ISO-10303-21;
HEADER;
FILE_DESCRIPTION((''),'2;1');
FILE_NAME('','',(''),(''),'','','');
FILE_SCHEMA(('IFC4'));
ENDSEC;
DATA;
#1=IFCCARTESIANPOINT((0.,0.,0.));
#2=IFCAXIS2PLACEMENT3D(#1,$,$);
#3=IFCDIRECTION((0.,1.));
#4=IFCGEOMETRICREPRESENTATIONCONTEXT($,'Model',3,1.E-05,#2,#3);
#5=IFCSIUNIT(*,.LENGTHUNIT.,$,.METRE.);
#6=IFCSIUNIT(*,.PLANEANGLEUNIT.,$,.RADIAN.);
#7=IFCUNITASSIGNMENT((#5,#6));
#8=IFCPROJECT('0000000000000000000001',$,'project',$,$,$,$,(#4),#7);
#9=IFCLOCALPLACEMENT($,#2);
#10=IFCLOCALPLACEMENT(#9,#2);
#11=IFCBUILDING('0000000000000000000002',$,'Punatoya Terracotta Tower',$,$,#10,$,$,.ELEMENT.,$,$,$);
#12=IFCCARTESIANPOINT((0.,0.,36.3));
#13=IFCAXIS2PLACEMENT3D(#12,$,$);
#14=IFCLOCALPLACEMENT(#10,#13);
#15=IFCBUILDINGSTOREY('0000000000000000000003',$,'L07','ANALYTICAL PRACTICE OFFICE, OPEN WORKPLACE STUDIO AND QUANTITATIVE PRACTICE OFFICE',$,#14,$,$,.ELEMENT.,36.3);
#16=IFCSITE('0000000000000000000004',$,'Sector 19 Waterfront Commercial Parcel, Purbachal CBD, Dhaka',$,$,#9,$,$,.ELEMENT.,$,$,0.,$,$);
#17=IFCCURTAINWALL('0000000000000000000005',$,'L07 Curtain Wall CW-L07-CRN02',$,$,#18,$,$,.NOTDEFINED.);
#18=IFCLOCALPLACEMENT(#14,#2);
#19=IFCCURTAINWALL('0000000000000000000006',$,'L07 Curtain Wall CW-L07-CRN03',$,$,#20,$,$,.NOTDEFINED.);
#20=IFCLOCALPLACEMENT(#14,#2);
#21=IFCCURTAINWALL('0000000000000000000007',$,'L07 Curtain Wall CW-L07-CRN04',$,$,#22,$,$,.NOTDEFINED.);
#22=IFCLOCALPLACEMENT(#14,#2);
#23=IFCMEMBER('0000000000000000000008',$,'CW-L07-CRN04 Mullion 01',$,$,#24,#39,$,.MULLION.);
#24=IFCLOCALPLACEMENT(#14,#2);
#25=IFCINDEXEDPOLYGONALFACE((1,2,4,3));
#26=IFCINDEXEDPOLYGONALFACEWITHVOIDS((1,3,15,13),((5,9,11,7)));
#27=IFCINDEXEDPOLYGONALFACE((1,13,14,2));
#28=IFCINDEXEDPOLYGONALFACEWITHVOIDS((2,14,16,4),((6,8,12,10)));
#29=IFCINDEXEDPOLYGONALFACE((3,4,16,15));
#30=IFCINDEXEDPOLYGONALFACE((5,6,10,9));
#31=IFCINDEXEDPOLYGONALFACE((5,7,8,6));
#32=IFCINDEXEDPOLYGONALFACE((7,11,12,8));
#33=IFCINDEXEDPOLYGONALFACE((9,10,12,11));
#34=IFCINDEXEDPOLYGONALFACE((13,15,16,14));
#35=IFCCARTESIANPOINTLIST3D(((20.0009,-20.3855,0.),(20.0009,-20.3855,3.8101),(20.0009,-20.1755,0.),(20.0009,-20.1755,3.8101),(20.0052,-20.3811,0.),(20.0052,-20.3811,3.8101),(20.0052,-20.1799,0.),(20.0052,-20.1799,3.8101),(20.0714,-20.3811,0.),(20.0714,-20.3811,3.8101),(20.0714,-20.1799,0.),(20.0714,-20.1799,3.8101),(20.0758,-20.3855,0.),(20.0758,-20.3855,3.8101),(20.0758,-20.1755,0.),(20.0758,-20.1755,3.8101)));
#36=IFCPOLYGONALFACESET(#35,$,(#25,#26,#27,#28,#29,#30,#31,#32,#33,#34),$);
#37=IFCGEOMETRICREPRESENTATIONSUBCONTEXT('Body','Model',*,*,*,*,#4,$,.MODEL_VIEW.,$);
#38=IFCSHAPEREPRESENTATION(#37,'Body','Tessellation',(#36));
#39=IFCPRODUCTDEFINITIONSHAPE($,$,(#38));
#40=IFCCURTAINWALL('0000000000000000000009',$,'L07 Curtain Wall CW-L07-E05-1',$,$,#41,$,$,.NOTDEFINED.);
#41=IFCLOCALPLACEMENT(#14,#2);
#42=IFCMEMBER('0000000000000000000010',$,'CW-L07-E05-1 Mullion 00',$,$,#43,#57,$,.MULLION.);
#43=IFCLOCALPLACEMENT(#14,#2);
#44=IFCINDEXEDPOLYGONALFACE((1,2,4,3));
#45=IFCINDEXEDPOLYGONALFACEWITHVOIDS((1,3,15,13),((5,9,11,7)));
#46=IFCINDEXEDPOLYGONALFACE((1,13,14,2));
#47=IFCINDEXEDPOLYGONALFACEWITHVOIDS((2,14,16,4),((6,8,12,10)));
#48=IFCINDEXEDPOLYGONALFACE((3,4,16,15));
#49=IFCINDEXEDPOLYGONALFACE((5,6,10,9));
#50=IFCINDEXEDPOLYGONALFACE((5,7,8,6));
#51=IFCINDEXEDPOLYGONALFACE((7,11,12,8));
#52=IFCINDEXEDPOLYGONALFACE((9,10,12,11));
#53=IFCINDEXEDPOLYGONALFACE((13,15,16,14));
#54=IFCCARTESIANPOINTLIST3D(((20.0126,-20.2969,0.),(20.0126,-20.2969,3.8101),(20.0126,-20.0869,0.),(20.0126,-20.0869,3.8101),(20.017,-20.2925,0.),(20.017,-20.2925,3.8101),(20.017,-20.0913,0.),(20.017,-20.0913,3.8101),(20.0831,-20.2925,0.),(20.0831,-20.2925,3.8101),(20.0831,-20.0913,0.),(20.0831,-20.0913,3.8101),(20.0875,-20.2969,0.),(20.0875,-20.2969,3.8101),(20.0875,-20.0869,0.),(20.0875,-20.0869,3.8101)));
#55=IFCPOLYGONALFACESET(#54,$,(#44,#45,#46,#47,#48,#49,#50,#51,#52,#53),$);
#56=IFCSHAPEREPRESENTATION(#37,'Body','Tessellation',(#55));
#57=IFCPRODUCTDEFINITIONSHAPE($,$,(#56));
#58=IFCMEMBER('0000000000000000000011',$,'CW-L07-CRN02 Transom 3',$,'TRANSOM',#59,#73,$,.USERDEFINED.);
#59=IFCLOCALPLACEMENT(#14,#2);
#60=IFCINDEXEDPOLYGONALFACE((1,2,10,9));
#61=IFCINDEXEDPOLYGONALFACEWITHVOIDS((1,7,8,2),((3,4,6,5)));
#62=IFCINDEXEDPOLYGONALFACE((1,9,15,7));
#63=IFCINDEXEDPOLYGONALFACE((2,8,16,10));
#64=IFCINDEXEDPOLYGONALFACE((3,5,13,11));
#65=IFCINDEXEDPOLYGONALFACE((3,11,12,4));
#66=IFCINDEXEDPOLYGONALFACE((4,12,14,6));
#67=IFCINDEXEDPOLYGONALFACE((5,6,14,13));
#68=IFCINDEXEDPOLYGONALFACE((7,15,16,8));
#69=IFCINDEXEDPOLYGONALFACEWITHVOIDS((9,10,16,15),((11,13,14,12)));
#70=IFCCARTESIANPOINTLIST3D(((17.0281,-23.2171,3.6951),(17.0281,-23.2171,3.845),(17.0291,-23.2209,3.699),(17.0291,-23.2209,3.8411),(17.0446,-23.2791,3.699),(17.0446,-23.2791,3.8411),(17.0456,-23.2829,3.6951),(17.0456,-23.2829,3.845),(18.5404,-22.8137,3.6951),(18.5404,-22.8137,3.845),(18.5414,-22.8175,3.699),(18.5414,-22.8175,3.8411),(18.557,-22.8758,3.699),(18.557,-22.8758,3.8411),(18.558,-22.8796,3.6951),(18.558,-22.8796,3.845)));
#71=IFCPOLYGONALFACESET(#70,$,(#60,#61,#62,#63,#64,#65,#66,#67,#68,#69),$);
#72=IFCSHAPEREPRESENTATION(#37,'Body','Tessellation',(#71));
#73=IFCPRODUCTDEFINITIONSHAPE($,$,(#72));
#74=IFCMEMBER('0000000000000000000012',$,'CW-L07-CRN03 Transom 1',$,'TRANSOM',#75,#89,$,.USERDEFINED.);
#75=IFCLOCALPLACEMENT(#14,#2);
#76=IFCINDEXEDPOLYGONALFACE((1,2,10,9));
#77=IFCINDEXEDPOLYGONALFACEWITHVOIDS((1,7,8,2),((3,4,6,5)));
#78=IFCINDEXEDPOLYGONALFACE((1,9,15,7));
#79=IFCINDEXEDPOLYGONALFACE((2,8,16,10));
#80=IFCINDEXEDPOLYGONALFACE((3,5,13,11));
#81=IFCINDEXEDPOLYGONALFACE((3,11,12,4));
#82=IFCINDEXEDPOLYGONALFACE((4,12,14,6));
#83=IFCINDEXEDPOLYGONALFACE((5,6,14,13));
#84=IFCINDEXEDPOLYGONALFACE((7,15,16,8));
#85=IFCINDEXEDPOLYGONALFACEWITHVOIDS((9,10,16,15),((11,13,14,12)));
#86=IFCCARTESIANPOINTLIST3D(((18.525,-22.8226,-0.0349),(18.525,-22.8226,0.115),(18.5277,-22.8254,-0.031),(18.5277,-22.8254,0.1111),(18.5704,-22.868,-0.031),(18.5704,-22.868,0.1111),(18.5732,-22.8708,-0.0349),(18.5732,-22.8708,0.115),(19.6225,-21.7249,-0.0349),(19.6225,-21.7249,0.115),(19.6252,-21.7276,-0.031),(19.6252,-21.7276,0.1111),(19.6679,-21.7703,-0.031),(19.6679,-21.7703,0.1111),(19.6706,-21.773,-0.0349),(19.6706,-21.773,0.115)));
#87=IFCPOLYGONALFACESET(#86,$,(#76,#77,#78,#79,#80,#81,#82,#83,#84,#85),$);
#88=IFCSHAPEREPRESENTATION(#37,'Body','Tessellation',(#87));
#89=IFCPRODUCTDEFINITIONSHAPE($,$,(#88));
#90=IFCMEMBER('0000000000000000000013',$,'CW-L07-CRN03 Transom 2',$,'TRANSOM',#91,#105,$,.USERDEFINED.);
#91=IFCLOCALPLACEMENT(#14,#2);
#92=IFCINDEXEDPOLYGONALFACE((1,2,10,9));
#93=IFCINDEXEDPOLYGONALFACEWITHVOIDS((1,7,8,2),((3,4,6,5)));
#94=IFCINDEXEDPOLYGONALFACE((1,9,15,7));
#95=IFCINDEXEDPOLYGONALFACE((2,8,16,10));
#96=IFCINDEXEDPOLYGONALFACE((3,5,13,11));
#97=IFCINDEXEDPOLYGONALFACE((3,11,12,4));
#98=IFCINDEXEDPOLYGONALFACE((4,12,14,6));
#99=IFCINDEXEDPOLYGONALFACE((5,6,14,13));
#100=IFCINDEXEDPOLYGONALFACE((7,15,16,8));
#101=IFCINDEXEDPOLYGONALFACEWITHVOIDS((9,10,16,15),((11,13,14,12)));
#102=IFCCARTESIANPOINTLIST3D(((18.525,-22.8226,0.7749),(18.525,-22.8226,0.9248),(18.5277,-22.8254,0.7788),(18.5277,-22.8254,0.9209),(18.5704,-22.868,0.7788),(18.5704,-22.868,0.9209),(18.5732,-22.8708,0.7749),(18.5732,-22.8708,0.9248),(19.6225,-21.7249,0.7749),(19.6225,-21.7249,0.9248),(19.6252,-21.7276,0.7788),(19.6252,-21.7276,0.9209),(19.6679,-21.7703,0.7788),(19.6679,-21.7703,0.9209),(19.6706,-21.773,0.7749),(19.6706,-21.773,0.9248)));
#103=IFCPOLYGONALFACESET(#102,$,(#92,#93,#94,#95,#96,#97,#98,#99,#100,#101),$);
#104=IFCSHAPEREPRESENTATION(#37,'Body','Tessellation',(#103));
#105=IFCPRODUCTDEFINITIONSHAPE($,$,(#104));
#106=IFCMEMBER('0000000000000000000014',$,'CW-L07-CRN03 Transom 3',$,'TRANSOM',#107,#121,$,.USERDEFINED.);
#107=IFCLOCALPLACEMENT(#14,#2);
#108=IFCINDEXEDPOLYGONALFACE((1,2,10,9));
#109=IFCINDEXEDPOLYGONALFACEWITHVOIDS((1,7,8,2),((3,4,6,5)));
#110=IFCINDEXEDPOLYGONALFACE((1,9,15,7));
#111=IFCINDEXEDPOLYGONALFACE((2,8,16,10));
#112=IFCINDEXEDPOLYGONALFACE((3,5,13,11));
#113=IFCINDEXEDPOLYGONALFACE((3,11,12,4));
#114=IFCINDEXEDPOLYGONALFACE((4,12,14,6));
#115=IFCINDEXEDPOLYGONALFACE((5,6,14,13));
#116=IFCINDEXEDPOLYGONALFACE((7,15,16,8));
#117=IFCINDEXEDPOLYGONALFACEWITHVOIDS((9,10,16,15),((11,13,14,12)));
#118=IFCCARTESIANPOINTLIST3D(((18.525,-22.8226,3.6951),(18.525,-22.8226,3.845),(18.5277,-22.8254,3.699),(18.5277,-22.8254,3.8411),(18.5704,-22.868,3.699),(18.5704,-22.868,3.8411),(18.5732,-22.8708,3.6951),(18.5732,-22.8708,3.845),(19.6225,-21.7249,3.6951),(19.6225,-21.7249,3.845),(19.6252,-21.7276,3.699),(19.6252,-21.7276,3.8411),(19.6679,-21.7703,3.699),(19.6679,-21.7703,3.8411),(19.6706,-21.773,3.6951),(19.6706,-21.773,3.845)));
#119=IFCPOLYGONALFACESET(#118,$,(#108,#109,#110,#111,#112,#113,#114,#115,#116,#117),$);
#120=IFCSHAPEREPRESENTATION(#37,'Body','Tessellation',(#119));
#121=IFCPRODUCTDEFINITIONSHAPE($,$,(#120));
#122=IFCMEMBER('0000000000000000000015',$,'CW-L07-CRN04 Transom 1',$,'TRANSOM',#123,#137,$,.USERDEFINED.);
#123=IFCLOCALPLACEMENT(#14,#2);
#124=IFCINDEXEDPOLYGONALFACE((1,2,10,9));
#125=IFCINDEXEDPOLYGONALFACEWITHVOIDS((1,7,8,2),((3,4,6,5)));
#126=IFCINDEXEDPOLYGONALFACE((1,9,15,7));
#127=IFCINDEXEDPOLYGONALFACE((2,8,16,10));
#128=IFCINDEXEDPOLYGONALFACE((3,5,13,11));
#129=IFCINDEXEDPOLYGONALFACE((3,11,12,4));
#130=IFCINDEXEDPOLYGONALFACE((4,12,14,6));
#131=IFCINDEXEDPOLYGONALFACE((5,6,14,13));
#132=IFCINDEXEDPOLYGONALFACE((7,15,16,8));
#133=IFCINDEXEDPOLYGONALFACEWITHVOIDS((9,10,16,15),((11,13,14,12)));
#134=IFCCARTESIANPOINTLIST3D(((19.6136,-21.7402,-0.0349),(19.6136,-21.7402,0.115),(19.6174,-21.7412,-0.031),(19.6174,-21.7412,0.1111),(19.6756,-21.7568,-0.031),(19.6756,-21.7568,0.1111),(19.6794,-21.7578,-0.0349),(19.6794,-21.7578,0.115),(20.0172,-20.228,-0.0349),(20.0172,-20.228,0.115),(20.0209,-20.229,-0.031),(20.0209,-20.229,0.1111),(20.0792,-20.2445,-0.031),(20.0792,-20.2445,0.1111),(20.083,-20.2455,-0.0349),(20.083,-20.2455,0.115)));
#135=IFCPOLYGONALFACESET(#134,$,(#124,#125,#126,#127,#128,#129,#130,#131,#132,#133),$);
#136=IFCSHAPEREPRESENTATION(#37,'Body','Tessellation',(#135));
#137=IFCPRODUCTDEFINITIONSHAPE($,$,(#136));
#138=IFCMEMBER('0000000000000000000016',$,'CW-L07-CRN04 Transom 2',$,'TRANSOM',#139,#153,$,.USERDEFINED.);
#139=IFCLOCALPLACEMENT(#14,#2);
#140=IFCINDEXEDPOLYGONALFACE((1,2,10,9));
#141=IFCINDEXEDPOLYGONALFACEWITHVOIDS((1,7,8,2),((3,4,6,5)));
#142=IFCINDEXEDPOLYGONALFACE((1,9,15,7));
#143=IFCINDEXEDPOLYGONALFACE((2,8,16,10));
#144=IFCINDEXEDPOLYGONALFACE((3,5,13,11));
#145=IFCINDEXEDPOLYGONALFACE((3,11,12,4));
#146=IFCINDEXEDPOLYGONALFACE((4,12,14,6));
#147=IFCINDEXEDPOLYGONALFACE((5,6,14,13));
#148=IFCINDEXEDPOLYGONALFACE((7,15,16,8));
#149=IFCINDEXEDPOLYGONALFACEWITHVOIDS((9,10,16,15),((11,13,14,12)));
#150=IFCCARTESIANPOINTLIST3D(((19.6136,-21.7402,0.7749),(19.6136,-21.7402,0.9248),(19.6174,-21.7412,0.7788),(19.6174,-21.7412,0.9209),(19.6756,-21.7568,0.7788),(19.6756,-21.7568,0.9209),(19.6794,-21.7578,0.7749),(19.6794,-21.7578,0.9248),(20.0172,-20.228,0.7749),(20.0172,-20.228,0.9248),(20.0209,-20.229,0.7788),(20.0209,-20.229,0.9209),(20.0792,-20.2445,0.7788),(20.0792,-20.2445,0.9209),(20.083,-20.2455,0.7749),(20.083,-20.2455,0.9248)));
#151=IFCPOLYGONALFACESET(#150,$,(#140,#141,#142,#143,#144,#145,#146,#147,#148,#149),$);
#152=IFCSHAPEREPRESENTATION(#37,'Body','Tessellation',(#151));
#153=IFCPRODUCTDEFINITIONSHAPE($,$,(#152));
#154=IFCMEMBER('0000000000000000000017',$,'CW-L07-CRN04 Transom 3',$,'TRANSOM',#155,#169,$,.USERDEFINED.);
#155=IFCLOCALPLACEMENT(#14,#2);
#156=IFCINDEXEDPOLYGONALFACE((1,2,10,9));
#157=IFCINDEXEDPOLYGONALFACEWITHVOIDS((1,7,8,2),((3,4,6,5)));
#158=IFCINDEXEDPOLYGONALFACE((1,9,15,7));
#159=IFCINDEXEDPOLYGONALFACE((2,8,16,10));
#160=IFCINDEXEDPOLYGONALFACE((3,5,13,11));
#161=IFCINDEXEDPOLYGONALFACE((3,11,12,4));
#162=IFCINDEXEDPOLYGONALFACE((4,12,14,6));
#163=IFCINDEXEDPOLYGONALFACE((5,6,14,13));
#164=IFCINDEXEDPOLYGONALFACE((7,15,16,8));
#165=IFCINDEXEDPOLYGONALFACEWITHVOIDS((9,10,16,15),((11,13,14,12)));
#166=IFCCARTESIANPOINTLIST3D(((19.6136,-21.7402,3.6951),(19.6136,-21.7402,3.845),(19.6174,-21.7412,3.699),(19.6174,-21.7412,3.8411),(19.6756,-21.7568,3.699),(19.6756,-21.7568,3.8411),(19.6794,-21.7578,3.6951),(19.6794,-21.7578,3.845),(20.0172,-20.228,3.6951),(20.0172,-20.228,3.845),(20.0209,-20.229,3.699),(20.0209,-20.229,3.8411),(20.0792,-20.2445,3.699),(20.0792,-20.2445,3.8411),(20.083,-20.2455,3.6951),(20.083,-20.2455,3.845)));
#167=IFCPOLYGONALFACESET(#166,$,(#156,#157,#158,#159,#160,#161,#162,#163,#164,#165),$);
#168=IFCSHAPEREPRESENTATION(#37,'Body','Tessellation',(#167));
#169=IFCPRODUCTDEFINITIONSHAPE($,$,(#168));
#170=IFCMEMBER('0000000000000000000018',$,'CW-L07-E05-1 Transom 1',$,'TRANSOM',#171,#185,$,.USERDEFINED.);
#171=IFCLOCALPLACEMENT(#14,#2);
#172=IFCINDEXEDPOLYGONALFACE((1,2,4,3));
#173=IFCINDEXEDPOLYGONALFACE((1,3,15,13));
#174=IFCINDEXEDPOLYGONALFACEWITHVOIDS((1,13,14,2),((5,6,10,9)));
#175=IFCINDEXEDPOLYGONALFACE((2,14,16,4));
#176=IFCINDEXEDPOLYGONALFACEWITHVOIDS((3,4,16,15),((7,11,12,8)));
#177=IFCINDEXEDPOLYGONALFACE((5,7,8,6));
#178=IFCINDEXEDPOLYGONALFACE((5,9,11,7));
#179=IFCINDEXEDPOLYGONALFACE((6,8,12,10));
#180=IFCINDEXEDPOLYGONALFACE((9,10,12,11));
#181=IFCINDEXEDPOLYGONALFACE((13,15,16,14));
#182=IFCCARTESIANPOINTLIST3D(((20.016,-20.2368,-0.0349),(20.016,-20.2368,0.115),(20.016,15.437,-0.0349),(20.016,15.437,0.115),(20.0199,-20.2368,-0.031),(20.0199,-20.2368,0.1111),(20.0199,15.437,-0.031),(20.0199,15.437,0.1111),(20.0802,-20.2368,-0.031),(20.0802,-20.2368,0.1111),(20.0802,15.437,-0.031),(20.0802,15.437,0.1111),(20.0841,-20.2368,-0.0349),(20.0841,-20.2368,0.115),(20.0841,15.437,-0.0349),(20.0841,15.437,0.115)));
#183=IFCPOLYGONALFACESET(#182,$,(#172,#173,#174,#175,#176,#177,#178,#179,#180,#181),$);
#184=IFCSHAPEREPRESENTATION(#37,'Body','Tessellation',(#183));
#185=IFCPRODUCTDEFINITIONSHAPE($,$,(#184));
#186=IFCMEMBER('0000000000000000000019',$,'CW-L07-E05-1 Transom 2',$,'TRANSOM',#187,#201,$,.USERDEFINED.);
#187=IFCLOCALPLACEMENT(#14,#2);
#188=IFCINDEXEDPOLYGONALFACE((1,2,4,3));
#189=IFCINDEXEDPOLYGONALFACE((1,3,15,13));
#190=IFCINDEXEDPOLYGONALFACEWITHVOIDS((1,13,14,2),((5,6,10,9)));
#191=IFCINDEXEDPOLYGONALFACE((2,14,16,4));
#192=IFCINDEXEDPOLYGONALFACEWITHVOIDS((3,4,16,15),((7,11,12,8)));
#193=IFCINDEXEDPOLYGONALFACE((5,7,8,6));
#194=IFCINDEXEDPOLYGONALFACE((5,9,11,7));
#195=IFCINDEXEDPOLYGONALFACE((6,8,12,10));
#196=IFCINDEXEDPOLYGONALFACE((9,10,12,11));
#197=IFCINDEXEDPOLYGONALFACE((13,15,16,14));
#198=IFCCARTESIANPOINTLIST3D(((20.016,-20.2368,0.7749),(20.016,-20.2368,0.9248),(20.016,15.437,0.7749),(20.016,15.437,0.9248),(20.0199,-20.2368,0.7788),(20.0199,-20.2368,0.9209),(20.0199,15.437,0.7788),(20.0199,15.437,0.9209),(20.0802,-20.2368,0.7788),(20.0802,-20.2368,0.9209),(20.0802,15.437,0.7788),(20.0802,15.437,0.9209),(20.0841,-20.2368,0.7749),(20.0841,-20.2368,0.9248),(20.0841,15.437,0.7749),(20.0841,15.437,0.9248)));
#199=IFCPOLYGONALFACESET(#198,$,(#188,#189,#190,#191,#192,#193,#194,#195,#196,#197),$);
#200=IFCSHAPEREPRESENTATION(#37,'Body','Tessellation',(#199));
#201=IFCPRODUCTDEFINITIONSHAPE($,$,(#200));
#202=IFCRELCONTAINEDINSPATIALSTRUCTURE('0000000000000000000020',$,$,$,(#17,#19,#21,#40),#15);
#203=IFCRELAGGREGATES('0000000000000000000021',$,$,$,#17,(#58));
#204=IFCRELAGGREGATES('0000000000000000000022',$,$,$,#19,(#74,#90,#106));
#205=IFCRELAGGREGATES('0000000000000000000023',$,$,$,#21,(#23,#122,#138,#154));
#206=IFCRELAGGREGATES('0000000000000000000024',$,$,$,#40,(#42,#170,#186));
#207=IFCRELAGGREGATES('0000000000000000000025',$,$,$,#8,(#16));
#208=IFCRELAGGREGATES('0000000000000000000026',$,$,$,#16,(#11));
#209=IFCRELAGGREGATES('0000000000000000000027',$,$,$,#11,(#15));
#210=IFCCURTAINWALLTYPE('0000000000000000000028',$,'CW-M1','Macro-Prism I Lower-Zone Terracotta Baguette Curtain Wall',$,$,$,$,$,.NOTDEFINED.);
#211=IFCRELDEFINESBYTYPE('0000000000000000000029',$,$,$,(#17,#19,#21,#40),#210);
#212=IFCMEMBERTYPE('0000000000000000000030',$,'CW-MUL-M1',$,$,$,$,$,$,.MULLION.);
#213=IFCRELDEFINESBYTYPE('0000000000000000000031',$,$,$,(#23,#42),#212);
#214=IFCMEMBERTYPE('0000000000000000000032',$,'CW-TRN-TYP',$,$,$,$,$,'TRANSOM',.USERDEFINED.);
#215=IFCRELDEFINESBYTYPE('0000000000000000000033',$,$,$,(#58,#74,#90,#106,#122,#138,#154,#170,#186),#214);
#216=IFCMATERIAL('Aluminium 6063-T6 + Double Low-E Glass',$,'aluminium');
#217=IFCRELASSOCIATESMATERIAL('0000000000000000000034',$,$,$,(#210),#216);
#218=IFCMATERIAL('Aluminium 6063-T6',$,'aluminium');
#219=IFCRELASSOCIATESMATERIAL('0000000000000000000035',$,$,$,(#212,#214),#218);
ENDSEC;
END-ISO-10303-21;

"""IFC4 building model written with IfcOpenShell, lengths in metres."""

from ifc_helpers import new_model, si_unit, direction, frame, origin, origin_2d, place, context, subcontext, project, spatial, hollow_rectangle, extrude, material, material_profile, profile_set, type_object, element, aggregate, save


model = new_model("IFC4")

# Units and contexts
model_context = context("Model", 3, precision=1e-05, world=origin(), true_north=direction((0.0, 1.0)))
body_context = subcontext(model_context, "Body", "Model", "MODEL_VIEW")
ifc_project = project(units=[si_unit("LENGTHUNIT", "METRE"), si_unit("PLANEANGLEUNIT", "RADIAN")], contexts=[model_context])

# Site, building, storey
site_placement = place(None, origin())
site = spatial("IfcSite", under=ifc_project, at=site_placement, Name="Sector 19 Waterfront Commercial Parcel, Purbachal CBD, Dhaka", CompositionType="ELEMENT", RefElevation=0.0)
building_placement = place(site_placement, origin())
building = spatial("IfcBuilding", under=site, at=building_placement, Name="Punatoya Terracotta Tower", CompositionType="ELEMENT")
storey_placement = place(building_placement, frame((0.0, 0.0, 36.3)))
storey = spatial("IfcBuildingStorey", under=building, at=storey_placement, Name="L07", Description="ANALYTICAL PRACTICE OFFICE, OPEN WORKPLACE STUDIO AND QUANTITATIVE PRACTICE OFFICE", CompositionType="ELEMENT", Elevation=36.3)

# Curtain walls, member
ifc_material_1 = material(Name="Aluminium 6063-T6 + Double Low-E Glass", Category="aluminium")
curtain_wall_type = type_object("IfcCurtainWallType", Name="CW-M1", Description="Macro-Prism I Lower-Zone Terracotta Baguette Curtain Wall", PredefinedType="NOTDEFINED", material=ifc_material_1)
curtain_wall_1_placement = place(storey_placement, origin())
curtain_wall_1 = element("IfcCurtainWall", 1, at=curtain_wall_1_placement, inside=storey, type_object=curtain_wall_type, Name="L07 Curtain Wall CW-L07-CRN02", PredefinedType="NOTDEFINED")
ifc_material_2 = material(Name="Aluminium 6063-T6", Category="aluminium")
ifc_material_profile_1 = material_profile(ifc_material_2, hollow_rectangle(XDim=0.075, YDim=0.21, WallThickness=0.0044, at=origin_2d()))
ifc_profile_set_1 = profile_set([ifc_material_profile_1], Name="Aluminium 6063-T6")
member_type_1 = type_object("IfcMemberType", Name="CW-MUL-M1", PredefinedType="MULLION", material=ifc_profile_set_1)
curtain_wall_2_placement = place(storey_placement, origin())
curtain_wall_2 = element("IfcCurtainWall", 2, at=curtain_wall_2_placement, inside=storey, type_object=curtain_wall_type, Name="L07 Curtain Wall CW-L07-CRN03", PredefinedType="NOTDEFINED")
curtain_wall_3_placement = place(storey_placement, origin())
curtain_wall_3 = element("IfcCurtainWall", 3, at=curtain_wall_3_placement, inside=storey, type_object=curtain_wall_type, Name="L07 Curtain Wall CW-L07-CRN04", PredefinedType="NOTDEFINED")
member_1_placement = place(storey_placement, frame((20.0383, -20.2805, 0.0), z_axis=(0.0, 0.0, 1.0), x_axis=(1.0, 0.0, 0.0)))
member_1 = element("IfcMember", 4, at=member_1_placement, type_object=member_type_1, Name="CW-L07-CRN04 Mullion 01", PredefinedType="MULLION", context=body_context, shape_type="SweptSolid", body=[
    extrude(hollow_rectangle(XDim=0.075, YDim=0.21, WallThickness=0.0044, at=origin_2d()), origin(), (0.0, 0.0, 1.0), 3.8101),
])

# Curtain wall, member
curtain_wall_4_placement = place(storey_placement, origin())
curtain_wall_4 = element("IfcCurtainWall", 5, at=curtain_wall_4_placement, inside=storey, type_object=curtain_wall_type, Name="L07 Curtain Wall CW-L07-E05-1", PredefinedType="NOTDEFINED")
member_2_placement = place(storey_placement, frame((20.05, -20.1919, 0.0), z_axis=(0.0, 0.0, 1.0), x_axis=(1.0, 0.0, 0.0)))
member_2 = element("IfcMember", 6, at=member_2_placement, type_object=member_type_1, Name="CW-L07-E05-1 Mullion 00", PredefinedType="MULLION", context=body_context, shape_type="SweptSolid", body=[
    extrude(hollow_rectangle(XDim=0.075, YDim=0.21, WallThickness=0.0044, at=origin_2d()), origin(), (0.0, 0.0, 1.0), 3.8101),
])

# Members
ifc_material_profile_2 = material_profile(ifc_material_2, hollow_rectangle(XDim=0.0681, YDim=0.1499, WallThickness=0.0039, at=origin_2d()))
ifc_profile_set_2 = profile_set([ifc_material_profile_2], Name="Aluminium 6063-T6")
member_type_2 = type_object("IfcMemberType", Name="CW-TRN-TYP", ElementType="TRANSOM", PredefinedType="USERDEFINED", material=ifc_profile_set_2)
member_3_placement = place(storey_placement, frame((17.0369, -23.25, 3.77), z_axis=(0.966225, 0.257701, 0.0), x_axis=(-0.257701, 0.966225, 0.0)))
member_3 = element("IfcMember", 7, at=member_3_placement, type_object=member_type_2, Name="CW-L07-CRN02 Transom 3", ObjectType="TRANSOM", PredefinedType="USERDEFINED", context=body_context, shape_type="SweptSolid", body=[
    extrude(hollow_rectangle(XDim=0.0681, YDim=0.1499, WallThickness=0.0039, at=origin_2d()), origin(), (0.0, 0.0, 1.0), 1.5652),
])
member_4_placement = place(storey_placement, frame((18.5491, -22.8467, 0.04), z_axis=(0.707028, 0.707185, 0.0), x_axis=(-0.707185, 0.707028, 0.0)))
member_4 = element("IfcMember", 8, at=member_4_placement, type_object=member_type_2, Name="CW-L07-CRN03 Transom 1", ObjectType="TRANSOM", PredefinedType="USERDEFINED", context=body_context, shape_type="SweptSolid", body=[
    extrude(hollow_rectangle(XDim=0.0681, YDim=0.1499, WallThickness=0.0039, at=origin_2d()), origin(), (0.0, 0.0, 1.0), 1.5522),
])
member_5_placement = place(storey_placement, frame((18.5491, -22.8467, 0.8499), z_axis=(0.707028, 0.707185, 0.0), x_axis=(-0.707185, 0.707028, 0.0)))
member_5 = element("IfcMember", 9, at=member_5_placement, type_object=member_type_2, Name="CW-L07-CRN03 Transom 2", ObjectType="TRANSOM", PredefinedType="USERDEFINED", context=body_context, shape_type="SweptSolid", body=[
    extrude(hollow_rectangle(XDim=0.0681, YDim=0.1499, WallThickness=0.0039, at=origin_2d()), origin(), (0.0, 0.0, 1.0), 1.5522),
])
member_6_placement = place(storey_placement, frame((18.5491, -22.8467, 3.77), z_axis=(0.707028, 0.707185, 0.0), x_axis=(-0.707185, 0.707028, 0.0)))
member_6 = element("IfcMember", 10, at=member_6_placement, type_object=member_type_2, Name="CW-L07-CRN03 Transom 3", ObjectType="TRANSOM", PredefinedType="USERDEFINED", context=body_context, shape_type="SweptSolid", body=[
    extrude(hollow_rectangle(XDim=0.0681, YDim=0.1499, WallThickness=0.0039, at=origin_2d()), origin(), (0.0, 0.0, 1.0), 1.5522),
])
member_7_placement = place(storey_placement, frame((19.6465, -21.749, 0.04), z_axis=(0.257847, 0.966186, 0.0), x_axis=(-0.966186, 0.257847, 0.0)))
member_7 = element("IfcMember", 11, at=member_7_placement, type_object=member_type_2, Name="CW-L07-CRN04 Transom 1", ObjectType="TRANSOM", PredefinedType="USERDEFINED", context=body_context, shape_type="SweptSolid", body=[
    extrude(hollow_rectangle(XDim=0.0681, YDim=0.1499, WallThickness=0.0039, at=origin_2d()), origin(), (0.0, 0.0, 1.0), 1.5652),
])
member_8_placement = place(storey_placement, frame((19.6465, -21.749, 0.8499), z_axis=(0.257847, 0.966186, 0.0), x_axis=(-0.966186, 0.257847, 0.0)))
member_8 = element("IfcMember", 12, at=member_8_placement, type_object=member_type_2, Name="CW-L07-CRN04 Transom 2", ObjectType="TRANSOM", PredefinedType="USERDEFINED", context=body_context, shape_type="SweptSolid", body=[
    extrude(hollow_rectangle(XDim=0.0681, YDim=0.1499, WallThickness=0.0039, at=origin_2d()), origin(), (0.0, 0.0, 1.0), 1.5652),
])
member_9_placement = place(storey_placement, frame((19.6465, -21.749, 3.77), z_axis=(0.257847, 0.966186, 0.0), x_axis=(-0.966186, 0.257847, 0.0)))
member_9 = element("IfcMember", 13, at=member_9_placement, type_object=member_type_2, Name="CW-L07-CRN04 Transom 3", ObjectType="TRANSOM", PredefinedType="USERDEFINED", context=body_context, shape_type="SweptSolid", body=[
    extrude(hollow_rectangle(XDim=0.0681, YDim=0.1499, WallThickness=0.0039, at=origin_2d()), origin(), (0.0, 0.0, 1.0), 1.5652),
])
member_10_placement = place(storey_placement, frame((20.05, -20.2368, 0.04), z_axis=(0.0, 1.0, 0.0), x_axis=(-1.0, 0.0, 0.0)))
member_10 = element("IfcMember", 14, at=member_10_placement, type_object=member_type_2, Name="CW-L07-E05-1 Transom 1", ObjectType="TRANSOM", PredefinedType="USERDEFINED", context=body_context, shape_type="SweptSolid", body=[
    extrude(hollow_rectangle(XDim=0.0681, YDim=0.1499, WallThickness=0.0039, at=origin_2d()), origin(), (0.0, 0.0, 1.0), 35.6738),
])
member_11_placement = place(storey_placement, frame((20.05, -20.2368, 0.8499), z_axis=(0.0, 1.0, 0.0), x_axis=(-1.0, 0.0, 0.0)))
member_11 = element("IfcMember", 15, at=member_11_placement, type_object=member_type_2, Name="CW-L07-E05-1 Transom 2", ObjectType="TRANSOM", PredefinedType="USERDEFINED", context=body_context, shape_type="SweptSolid", body=[
    extrude(hollow_rectangle(XDim=0.0681, YDim=0.1499, WallThickness=0.0039, at=origin_2d()), origin(), (0.0, 0.0, 1.0), 35.6738),
])

aggregate(curtain_wall_1, [member_3])
aggregate(curtain_wall_2, [member_4, member_5, member_6])
aggregate(curtain_wall_3, [member_1, member_7, member_8, member_9])
aggregate(curtain_wall_4, [member_2, member_10, member_11])

save(model, "model.ifc")
